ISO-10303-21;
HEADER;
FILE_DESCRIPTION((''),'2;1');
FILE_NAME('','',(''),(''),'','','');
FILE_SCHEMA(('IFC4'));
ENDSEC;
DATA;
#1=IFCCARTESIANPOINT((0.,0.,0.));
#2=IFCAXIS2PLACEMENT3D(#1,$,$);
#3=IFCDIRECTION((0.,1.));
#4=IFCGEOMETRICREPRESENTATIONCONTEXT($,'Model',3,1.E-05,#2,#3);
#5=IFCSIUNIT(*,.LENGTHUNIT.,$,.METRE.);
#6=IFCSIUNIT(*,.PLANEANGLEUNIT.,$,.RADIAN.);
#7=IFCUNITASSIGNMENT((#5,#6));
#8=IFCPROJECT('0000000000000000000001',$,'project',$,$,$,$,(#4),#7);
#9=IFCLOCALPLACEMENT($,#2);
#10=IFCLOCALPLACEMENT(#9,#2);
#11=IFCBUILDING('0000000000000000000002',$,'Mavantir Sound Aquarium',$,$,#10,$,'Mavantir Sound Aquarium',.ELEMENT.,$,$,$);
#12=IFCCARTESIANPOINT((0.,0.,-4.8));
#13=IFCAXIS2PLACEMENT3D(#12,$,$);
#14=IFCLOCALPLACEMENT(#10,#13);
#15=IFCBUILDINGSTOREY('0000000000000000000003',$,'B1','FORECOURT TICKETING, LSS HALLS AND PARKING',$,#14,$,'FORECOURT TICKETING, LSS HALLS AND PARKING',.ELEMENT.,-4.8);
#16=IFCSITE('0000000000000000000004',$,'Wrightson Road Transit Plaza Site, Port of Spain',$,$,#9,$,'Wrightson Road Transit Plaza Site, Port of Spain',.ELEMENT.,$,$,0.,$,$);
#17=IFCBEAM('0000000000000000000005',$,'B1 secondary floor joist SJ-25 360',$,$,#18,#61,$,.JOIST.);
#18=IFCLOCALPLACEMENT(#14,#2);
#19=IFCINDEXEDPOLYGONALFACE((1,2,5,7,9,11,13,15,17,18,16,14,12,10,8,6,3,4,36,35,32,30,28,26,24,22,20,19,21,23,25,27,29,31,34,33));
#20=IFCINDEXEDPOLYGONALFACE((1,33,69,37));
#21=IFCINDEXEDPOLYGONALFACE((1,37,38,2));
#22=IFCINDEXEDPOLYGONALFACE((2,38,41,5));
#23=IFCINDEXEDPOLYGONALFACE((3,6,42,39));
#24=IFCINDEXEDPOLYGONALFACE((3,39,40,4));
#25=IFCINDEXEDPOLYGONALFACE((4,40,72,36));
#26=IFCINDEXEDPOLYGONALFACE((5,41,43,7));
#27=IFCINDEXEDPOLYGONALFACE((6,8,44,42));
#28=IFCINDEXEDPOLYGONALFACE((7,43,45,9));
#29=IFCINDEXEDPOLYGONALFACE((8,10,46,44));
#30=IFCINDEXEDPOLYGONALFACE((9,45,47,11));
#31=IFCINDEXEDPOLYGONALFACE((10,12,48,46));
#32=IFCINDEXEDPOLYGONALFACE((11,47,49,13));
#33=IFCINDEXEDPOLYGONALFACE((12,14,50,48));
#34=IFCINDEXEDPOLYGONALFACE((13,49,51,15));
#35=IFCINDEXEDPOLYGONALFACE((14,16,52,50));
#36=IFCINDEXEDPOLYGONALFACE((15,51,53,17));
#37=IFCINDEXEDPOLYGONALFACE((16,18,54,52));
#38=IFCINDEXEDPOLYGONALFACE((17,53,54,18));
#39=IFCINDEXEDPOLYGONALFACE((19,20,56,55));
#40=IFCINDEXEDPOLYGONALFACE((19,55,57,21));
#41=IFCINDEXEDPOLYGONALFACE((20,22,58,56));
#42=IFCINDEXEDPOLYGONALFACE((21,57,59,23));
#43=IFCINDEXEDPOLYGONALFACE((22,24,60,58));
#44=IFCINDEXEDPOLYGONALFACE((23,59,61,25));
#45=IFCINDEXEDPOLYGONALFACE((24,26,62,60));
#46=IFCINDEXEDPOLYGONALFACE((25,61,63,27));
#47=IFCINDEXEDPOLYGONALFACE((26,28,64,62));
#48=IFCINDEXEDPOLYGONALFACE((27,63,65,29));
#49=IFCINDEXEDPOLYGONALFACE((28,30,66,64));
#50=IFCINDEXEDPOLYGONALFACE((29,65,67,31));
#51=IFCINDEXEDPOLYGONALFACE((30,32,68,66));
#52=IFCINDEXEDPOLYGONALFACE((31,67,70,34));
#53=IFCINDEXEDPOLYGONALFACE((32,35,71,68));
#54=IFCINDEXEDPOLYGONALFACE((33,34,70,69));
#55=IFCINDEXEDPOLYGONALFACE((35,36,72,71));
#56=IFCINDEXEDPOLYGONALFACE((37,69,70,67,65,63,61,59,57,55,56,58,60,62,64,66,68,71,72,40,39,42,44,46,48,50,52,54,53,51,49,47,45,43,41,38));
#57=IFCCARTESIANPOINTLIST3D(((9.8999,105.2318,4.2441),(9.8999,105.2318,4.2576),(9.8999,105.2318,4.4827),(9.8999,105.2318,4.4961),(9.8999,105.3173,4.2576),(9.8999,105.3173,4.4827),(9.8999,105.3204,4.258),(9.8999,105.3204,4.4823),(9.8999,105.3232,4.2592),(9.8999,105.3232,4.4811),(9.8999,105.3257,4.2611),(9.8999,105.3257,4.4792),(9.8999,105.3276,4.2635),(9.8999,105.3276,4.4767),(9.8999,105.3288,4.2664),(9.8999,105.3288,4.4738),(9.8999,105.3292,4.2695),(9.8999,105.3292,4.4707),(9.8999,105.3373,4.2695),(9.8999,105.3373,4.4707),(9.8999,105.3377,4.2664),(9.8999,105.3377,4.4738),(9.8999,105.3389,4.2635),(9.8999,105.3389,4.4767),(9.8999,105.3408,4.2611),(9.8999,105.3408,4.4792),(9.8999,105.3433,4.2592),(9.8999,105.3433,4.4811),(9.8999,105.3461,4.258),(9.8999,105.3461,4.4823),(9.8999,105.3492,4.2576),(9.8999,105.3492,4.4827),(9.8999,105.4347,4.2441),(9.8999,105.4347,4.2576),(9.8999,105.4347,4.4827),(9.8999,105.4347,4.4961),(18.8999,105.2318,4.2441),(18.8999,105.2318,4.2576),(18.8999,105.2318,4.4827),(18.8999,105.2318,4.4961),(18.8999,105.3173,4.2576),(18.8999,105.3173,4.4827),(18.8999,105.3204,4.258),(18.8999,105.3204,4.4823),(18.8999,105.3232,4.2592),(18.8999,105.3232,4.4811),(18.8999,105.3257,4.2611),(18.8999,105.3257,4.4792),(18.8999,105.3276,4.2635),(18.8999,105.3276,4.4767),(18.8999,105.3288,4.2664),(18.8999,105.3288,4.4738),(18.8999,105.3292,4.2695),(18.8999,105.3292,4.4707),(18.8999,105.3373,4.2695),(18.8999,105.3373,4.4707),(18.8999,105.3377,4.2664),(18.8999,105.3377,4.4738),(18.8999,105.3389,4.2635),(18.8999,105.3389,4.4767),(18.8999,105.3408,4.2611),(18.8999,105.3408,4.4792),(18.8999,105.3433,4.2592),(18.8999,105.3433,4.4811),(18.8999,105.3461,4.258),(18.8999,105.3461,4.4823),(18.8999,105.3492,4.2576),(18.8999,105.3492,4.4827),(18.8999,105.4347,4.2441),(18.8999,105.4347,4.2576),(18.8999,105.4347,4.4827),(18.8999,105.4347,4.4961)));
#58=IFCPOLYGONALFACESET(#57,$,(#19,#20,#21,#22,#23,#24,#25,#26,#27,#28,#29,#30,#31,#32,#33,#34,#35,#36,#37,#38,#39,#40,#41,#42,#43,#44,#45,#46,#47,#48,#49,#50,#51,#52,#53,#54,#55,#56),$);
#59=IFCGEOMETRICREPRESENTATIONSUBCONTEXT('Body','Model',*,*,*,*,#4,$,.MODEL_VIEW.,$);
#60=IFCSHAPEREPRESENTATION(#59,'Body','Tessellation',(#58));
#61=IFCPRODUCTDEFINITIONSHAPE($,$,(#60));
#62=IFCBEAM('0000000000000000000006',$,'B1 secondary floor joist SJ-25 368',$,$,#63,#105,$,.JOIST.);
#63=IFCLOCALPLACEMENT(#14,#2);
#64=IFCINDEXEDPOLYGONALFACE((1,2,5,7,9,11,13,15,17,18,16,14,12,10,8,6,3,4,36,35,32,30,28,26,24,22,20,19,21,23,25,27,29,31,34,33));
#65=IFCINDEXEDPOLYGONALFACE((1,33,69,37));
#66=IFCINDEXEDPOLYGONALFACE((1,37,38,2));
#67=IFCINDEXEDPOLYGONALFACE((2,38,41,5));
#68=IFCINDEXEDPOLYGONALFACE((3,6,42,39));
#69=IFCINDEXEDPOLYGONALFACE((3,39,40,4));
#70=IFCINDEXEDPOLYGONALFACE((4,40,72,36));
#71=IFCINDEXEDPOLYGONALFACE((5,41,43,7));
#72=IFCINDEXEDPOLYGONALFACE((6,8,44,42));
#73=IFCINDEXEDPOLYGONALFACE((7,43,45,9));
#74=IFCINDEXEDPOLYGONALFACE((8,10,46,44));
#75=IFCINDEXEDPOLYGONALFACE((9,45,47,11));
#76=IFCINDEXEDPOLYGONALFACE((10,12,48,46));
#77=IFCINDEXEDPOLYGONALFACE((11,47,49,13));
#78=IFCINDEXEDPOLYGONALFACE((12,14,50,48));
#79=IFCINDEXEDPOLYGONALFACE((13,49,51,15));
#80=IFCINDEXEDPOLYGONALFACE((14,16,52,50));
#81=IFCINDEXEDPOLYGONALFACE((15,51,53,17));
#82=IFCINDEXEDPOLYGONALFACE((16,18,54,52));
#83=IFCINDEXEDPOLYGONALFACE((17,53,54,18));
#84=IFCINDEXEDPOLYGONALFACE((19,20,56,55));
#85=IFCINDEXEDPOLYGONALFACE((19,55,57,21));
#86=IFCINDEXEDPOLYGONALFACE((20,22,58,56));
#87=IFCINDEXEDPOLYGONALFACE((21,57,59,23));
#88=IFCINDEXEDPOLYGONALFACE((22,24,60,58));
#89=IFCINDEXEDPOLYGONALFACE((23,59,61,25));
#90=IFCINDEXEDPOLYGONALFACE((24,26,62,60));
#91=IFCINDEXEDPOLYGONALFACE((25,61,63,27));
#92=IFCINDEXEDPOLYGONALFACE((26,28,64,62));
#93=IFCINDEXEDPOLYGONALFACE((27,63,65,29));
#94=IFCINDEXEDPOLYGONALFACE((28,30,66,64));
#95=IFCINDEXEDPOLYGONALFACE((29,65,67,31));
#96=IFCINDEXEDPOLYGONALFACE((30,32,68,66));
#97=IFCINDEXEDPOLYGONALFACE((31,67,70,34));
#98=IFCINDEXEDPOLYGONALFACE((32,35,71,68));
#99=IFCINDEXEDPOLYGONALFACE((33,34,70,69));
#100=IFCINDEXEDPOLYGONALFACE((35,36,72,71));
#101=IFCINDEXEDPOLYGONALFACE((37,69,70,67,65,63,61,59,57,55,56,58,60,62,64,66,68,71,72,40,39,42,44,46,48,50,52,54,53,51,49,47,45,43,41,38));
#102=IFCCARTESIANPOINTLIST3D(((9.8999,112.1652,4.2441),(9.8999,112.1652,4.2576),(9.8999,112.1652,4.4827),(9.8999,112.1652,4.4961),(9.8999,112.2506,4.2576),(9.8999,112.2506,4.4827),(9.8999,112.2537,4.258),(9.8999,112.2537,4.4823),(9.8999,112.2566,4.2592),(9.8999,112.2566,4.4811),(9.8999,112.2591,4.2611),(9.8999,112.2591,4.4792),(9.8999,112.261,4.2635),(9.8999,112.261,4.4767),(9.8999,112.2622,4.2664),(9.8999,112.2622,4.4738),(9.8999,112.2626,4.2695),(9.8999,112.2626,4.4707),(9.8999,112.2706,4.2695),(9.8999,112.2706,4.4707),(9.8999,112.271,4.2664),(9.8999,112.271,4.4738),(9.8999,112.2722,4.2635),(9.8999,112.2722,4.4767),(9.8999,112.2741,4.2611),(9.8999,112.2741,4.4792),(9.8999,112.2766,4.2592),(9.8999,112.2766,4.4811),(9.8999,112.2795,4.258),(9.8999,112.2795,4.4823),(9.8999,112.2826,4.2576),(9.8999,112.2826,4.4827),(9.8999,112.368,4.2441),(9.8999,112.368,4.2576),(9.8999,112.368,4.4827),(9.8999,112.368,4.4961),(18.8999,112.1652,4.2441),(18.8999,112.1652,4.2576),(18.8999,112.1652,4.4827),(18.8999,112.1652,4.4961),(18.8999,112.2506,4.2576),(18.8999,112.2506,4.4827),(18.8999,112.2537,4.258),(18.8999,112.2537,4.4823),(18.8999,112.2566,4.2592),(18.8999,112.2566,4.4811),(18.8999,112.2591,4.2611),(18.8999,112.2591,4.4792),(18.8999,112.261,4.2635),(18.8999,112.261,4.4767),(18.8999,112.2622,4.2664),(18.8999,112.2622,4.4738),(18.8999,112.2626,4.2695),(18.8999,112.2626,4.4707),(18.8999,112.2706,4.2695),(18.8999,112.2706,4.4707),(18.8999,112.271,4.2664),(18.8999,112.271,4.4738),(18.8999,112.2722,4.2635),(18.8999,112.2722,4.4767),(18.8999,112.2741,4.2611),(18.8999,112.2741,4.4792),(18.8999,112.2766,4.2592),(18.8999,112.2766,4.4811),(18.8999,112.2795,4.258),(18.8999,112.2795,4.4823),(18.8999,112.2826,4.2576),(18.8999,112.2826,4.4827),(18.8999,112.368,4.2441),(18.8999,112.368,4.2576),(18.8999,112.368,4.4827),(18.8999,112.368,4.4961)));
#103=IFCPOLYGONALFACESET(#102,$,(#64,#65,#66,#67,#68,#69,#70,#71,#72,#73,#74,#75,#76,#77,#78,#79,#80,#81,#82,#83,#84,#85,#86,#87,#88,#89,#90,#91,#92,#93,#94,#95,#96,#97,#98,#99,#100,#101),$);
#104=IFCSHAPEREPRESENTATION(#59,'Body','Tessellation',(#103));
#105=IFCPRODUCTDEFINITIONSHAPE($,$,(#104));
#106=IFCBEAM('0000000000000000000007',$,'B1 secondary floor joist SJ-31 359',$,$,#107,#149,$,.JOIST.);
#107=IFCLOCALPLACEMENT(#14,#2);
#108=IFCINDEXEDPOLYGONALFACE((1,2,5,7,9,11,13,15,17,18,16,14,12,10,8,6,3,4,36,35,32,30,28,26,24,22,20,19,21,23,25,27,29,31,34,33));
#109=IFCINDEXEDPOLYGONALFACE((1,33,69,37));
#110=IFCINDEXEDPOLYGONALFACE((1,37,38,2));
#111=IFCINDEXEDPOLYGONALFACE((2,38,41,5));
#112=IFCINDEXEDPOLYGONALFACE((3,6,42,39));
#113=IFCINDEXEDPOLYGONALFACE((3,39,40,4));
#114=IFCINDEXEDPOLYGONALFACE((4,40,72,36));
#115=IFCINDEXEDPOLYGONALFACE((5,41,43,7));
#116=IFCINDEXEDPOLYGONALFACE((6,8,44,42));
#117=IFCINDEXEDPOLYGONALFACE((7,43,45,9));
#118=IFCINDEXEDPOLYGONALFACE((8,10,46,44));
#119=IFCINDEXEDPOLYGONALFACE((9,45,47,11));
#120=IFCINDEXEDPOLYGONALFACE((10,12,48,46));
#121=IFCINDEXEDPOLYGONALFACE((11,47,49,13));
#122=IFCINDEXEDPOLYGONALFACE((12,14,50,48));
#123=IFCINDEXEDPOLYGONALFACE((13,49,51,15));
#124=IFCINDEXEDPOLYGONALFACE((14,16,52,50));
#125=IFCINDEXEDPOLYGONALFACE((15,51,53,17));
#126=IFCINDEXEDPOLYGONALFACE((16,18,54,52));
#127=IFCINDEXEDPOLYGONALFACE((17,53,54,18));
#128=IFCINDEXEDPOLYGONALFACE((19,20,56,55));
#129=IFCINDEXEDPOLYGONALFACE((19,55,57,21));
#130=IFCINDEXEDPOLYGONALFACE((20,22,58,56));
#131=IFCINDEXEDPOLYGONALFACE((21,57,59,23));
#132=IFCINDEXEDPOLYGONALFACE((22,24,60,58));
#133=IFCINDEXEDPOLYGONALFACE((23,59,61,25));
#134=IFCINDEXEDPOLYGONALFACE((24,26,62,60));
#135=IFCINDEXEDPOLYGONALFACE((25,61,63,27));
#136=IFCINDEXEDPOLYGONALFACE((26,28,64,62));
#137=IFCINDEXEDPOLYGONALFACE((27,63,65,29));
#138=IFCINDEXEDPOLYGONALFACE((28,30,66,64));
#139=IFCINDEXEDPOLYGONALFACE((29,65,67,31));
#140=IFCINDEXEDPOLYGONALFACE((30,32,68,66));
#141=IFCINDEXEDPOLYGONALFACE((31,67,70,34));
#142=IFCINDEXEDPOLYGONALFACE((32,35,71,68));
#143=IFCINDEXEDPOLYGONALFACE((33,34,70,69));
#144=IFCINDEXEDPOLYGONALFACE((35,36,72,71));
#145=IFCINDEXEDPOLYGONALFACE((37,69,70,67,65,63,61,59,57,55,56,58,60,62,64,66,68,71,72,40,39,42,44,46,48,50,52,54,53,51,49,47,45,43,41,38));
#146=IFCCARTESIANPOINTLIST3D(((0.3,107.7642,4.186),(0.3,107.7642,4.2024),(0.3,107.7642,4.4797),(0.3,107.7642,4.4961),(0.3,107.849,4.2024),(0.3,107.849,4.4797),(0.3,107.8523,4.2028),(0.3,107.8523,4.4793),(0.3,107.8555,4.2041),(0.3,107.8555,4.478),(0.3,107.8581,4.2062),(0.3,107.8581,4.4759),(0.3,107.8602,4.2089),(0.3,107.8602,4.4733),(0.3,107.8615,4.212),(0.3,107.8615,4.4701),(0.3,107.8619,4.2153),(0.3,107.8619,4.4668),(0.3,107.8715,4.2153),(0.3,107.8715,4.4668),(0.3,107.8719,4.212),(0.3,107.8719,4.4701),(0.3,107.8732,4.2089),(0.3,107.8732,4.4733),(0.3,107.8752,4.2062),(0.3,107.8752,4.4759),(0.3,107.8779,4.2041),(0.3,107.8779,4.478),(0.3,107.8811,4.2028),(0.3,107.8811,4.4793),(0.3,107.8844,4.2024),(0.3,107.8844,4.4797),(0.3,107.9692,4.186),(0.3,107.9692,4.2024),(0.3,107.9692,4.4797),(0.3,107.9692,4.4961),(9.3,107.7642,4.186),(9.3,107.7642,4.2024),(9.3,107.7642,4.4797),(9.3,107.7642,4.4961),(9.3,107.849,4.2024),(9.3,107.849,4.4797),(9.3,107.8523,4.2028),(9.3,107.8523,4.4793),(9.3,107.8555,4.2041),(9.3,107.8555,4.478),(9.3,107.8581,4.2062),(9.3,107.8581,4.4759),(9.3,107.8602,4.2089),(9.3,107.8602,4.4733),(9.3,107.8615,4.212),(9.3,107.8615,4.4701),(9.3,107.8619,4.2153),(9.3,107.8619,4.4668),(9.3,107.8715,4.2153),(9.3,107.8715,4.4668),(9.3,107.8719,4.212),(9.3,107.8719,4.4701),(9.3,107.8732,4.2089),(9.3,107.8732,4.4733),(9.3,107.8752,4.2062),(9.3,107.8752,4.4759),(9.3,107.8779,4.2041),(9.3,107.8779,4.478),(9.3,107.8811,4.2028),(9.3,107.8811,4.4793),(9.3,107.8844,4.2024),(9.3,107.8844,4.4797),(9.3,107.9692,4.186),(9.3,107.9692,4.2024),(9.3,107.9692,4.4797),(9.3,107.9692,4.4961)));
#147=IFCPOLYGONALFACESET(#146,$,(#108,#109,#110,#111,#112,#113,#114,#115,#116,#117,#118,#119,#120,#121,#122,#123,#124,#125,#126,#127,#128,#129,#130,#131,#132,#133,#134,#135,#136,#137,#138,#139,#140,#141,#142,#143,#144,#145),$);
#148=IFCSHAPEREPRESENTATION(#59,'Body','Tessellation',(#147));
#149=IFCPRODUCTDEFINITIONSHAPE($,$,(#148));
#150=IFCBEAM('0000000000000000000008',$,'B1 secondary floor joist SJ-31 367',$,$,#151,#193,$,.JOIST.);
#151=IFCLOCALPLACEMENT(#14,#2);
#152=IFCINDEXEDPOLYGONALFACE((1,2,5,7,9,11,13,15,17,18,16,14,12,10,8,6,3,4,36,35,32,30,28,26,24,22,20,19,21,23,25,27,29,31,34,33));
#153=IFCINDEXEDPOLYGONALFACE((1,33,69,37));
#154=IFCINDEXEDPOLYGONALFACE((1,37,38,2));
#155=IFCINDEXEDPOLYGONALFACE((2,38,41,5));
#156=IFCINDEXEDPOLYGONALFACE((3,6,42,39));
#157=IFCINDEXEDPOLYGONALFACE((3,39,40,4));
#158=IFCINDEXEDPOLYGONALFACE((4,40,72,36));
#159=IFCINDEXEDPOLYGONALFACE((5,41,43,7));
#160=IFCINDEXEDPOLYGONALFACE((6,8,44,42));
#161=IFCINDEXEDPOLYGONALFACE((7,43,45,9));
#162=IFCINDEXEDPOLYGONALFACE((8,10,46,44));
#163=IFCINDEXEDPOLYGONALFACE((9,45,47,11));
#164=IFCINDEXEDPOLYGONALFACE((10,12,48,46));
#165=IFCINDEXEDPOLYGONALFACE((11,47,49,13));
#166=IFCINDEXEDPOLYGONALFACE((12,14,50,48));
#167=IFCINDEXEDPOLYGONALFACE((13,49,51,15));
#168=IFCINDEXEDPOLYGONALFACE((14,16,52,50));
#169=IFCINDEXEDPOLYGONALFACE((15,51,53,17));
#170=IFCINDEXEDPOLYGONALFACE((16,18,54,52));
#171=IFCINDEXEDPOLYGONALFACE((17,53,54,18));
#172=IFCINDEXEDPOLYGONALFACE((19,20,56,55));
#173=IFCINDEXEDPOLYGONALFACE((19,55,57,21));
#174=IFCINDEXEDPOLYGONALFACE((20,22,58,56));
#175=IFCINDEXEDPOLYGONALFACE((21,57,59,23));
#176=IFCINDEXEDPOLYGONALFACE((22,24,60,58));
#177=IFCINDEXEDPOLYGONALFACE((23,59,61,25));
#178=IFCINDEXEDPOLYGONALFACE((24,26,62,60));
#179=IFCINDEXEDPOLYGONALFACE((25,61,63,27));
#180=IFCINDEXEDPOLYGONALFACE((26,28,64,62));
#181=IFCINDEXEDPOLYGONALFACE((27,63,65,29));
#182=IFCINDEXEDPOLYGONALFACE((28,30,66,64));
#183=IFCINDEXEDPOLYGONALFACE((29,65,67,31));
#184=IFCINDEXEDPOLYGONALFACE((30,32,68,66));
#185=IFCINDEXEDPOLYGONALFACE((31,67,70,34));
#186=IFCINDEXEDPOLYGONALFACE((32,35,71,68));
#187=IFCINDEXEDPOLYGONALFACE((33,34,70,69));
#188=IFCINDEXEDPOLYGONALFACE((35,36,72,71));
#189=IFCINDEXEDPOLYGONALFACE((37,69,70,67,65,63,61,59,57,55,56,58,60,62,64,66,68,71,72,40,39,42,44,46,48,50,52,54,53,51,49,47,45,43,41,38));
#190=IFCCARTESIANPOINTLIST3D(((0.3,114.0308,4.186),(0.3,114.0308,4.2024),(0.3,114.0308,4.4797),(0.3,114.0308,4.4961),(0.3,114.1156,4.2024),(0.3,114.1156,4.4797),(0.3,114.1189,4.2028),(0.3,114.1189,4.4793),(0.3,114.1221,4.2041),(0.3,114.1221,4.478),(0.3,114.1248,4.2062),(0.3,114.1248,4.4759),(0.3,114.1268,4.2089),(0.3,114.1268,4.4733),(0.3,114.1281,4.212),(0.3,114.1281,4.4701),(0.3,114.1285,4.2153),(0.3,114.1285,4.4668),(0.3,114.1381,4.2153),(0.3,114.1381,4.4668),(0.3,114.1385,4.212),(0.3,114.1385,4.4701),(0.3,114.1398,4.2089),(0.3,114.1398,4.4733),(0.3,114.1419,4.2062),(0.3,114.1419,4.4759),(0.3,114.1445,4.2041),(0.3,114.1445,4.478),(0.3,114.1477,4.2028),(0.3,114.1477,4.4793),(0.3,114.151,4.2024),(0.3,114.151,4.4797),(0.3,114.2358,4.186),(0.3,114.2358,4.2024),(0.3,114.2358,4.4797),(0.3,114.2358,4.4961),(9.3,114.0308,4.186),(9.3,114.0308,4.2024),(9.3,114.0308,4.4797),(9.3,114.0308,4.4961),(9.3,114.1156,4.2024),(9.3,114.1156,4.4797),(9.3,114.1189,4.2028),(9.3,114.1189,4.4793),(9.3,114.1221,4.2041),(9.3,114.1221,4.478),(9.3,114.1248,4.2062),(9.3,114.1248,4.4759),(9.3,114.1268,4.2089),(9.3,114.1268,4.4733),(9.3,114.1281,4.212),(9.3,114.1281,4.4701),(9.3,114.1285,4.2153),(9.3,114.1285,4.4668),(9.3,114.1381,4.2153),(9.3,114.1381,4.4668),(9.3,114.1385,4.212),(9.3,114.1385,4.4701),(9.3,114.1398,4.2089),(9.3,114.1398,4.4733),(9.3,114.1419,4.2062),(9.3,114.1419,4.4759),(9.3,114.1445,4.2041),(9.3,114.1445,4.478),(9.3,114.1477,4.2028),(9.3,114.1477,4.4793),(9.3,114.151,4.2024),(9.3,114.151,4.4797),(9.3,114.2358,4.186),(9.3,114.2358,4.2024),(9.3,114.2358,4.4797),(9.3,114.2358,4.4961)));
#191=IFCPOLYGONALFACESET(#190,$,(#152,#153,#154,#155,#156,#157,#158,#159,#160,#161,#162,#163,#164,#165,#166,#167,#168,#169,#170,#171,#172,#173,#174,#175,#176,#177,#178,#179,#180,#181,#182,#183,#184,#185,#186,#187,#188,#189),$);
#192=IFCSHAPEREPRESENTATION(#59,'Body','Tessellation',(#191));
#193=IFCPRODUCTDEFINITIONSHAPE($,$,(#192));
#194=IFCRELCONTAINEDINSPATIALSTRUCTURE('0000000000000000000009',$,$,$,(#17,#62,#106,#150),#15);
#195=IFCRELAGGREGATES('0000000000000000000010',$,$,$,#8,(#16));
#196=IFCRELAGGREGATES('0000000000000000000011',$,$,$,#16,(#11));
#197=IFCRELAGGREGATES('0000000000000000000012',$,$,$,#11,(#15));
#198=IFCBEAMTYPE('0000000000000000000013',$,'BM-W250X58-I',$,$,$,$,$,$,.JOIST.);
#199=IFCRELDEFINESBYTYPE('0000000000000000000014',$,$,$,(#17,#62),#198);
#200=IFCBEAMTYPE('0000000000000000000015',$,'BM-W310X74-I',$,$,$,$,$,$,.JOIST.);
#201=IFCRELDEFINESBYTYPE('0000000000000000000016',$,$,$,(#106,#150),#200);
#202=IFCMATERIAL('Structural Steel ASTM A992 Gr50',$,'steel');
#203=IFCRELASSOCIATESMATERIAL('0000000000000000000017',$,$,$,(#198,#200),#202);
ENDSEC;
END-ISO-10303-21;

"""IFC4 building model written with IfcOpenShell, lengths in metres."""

from ifc_helpers import new_model, si_unit, direction, frame, origin, origin_2d, place, context, subcontext, project, spatial, i_section, extrude, material, material_profile, profile_set, type_object, element, save


model = new_model("IFC4")

# Units and contexts
model_context = context("Model", 3, precision=1e-05, world=origin(), true_north=direction((0.0, 1.0)))
body_context = subcontext(model_context, "Body", "Model", "MODEL_VIEW")
ifc_project = project(units=[si_unit("LENGTHUNIT", "METRE"), si_unit("PLANEANGLEUNIT", "RADIAN")], contexts=[model_context])

# Site, building, storey
site_placement = place(None, origin())
site = spatial("IfcSite", under=ifc_project, at=site_placement, Name="Wrightson Road Transit Plaza Site, Port of Spain", LongName="Wrightson Road Transit Plaza Site, Port of Spain", CompositionType="ELEMENT", RefElevation=0.0)
building_placement = place(site_placement, origin())
building = spatial("IfcBuilding", under=site, at=building_placement, Name="Mavantir Sound Aquarium", LongName="Mavantir Sound Aquarium", CompositionType="ELEMENT")
storey_placement = place(building_placement, frame((0.0, 0.0, -4.8)))
storey = spatial("IfcBuildingStorey", under=building, at=storey_placement, Name="B1", Description="FORECOURT TICKETING, LSS HALLS AND PARKING", LongName="FORECOURT TICKETING, LSS HALLS AND PARKING", CompositionType="ELEMENT", Elevation=-4.8)

# Beams
ifc_material_1 = material(Name="Structural Steel ASTM A992 Gr50", Category="steel")
ifc_material_profile_1 = material_profile(ifc_material_1, i_section(OverallWidth=0.2029, OverallDepth=0.252, WebThickness=0.0081, FlangeThickness=0.0134, FilletRadius=0.012, at=origin_2d()), Name="W250X58")
ifc_profile_set_1 = profile_set([ifc_material_profile_1], Name="Structural Steel ASTM A992 Gr50")
beam_type_1 = type_object("IfcBeamType", Name="BM-W250X58-I", PredefinedType="JOIST", material=ifc_profile_set_1)
for number, where, z_axis, x_axis, name in (
    (1, (9.8999, 105.3333, 4.3701), (1.0, 0.0, 0.0), (0.0, 1.0, 0.0), "B1 secondary floor joist SJ-25 360"),
    (2, (9.8999, 112.2666, 4.3701), (1.0, 0.0, 0.0), (0.0, 1.0, 0.0), "B1 secondary floor joist SJ-25 368"),
):
    element("IfcBeam", number, at=place(storey_placement, frame(where, z_axis=z_axis, x_axis=x_axis)), inside=storey, type_object=beam_type_1, Name=name, PredefinedType="JOIST", context=body_context, shape_type="SweptSolid", body=[
        extrude(i_section(OverallWidth=0.2029, OverallDepth=0.252, WebThickness=0.0081, FlangeThickness=0.0134, FilletRadius=0.012, at=origin_2d()), origin(), (0.0, 0.0, 1.0), 9.0),
    ])
ifc_material_profile_2 = material_profile(ifc_material_1, i_section(OverallWidth=0.2051, OverallDepth=0.3101, WebThickness=0.0095, FlangeThickness=0.0164, FilletRadius=0.0129, at=origin_2d()), Name="W310X74")
ifc_profile_set_2 = profile_set([ifc_material_profile_2], Name="Structural Steel ASTM A992 Gr50")
beam_type_2 = type_object("IfcBeamType", Name="BM-W310X74-I", PredefinedType="JOIST", material=ifc_profile_set_2)
for number, where, z_axis, x_axis, name in (
    (3, (0.3, 107.8667, 4.3411), (1.0, 0.0, 0.0), (0.0, 1.0, 0.0), "B1 secondary floor joist SJ-31 359"),
    (4, (0.3, 114.1333, 4.3411), (1.0, 0.0, 0.0), (0.0, 1.0, 0.0), "B1 secondary floor joist SJ-31 367"),
):
    element("IfcBeam", number, at=place(storey_placement, frame(where, z_axis=z_axis, x_axis=x_axis)), inside=storey, type_object=beam_type_2, Name=name, PredefinedType="JOIST", context=body_context, shape_type="SweptSolid", body=[
        extrude(i_section(OverallWidth=0.2051, OverallDepth=0.3101, WebThickness=0.0095, FlangeThickness=0.0164, FilletRadius=0.0129, at=origin_2d()), origin(), (0.0, 0.0, 1.0), 9.0),
    ])

save(model, "model.ifc")
